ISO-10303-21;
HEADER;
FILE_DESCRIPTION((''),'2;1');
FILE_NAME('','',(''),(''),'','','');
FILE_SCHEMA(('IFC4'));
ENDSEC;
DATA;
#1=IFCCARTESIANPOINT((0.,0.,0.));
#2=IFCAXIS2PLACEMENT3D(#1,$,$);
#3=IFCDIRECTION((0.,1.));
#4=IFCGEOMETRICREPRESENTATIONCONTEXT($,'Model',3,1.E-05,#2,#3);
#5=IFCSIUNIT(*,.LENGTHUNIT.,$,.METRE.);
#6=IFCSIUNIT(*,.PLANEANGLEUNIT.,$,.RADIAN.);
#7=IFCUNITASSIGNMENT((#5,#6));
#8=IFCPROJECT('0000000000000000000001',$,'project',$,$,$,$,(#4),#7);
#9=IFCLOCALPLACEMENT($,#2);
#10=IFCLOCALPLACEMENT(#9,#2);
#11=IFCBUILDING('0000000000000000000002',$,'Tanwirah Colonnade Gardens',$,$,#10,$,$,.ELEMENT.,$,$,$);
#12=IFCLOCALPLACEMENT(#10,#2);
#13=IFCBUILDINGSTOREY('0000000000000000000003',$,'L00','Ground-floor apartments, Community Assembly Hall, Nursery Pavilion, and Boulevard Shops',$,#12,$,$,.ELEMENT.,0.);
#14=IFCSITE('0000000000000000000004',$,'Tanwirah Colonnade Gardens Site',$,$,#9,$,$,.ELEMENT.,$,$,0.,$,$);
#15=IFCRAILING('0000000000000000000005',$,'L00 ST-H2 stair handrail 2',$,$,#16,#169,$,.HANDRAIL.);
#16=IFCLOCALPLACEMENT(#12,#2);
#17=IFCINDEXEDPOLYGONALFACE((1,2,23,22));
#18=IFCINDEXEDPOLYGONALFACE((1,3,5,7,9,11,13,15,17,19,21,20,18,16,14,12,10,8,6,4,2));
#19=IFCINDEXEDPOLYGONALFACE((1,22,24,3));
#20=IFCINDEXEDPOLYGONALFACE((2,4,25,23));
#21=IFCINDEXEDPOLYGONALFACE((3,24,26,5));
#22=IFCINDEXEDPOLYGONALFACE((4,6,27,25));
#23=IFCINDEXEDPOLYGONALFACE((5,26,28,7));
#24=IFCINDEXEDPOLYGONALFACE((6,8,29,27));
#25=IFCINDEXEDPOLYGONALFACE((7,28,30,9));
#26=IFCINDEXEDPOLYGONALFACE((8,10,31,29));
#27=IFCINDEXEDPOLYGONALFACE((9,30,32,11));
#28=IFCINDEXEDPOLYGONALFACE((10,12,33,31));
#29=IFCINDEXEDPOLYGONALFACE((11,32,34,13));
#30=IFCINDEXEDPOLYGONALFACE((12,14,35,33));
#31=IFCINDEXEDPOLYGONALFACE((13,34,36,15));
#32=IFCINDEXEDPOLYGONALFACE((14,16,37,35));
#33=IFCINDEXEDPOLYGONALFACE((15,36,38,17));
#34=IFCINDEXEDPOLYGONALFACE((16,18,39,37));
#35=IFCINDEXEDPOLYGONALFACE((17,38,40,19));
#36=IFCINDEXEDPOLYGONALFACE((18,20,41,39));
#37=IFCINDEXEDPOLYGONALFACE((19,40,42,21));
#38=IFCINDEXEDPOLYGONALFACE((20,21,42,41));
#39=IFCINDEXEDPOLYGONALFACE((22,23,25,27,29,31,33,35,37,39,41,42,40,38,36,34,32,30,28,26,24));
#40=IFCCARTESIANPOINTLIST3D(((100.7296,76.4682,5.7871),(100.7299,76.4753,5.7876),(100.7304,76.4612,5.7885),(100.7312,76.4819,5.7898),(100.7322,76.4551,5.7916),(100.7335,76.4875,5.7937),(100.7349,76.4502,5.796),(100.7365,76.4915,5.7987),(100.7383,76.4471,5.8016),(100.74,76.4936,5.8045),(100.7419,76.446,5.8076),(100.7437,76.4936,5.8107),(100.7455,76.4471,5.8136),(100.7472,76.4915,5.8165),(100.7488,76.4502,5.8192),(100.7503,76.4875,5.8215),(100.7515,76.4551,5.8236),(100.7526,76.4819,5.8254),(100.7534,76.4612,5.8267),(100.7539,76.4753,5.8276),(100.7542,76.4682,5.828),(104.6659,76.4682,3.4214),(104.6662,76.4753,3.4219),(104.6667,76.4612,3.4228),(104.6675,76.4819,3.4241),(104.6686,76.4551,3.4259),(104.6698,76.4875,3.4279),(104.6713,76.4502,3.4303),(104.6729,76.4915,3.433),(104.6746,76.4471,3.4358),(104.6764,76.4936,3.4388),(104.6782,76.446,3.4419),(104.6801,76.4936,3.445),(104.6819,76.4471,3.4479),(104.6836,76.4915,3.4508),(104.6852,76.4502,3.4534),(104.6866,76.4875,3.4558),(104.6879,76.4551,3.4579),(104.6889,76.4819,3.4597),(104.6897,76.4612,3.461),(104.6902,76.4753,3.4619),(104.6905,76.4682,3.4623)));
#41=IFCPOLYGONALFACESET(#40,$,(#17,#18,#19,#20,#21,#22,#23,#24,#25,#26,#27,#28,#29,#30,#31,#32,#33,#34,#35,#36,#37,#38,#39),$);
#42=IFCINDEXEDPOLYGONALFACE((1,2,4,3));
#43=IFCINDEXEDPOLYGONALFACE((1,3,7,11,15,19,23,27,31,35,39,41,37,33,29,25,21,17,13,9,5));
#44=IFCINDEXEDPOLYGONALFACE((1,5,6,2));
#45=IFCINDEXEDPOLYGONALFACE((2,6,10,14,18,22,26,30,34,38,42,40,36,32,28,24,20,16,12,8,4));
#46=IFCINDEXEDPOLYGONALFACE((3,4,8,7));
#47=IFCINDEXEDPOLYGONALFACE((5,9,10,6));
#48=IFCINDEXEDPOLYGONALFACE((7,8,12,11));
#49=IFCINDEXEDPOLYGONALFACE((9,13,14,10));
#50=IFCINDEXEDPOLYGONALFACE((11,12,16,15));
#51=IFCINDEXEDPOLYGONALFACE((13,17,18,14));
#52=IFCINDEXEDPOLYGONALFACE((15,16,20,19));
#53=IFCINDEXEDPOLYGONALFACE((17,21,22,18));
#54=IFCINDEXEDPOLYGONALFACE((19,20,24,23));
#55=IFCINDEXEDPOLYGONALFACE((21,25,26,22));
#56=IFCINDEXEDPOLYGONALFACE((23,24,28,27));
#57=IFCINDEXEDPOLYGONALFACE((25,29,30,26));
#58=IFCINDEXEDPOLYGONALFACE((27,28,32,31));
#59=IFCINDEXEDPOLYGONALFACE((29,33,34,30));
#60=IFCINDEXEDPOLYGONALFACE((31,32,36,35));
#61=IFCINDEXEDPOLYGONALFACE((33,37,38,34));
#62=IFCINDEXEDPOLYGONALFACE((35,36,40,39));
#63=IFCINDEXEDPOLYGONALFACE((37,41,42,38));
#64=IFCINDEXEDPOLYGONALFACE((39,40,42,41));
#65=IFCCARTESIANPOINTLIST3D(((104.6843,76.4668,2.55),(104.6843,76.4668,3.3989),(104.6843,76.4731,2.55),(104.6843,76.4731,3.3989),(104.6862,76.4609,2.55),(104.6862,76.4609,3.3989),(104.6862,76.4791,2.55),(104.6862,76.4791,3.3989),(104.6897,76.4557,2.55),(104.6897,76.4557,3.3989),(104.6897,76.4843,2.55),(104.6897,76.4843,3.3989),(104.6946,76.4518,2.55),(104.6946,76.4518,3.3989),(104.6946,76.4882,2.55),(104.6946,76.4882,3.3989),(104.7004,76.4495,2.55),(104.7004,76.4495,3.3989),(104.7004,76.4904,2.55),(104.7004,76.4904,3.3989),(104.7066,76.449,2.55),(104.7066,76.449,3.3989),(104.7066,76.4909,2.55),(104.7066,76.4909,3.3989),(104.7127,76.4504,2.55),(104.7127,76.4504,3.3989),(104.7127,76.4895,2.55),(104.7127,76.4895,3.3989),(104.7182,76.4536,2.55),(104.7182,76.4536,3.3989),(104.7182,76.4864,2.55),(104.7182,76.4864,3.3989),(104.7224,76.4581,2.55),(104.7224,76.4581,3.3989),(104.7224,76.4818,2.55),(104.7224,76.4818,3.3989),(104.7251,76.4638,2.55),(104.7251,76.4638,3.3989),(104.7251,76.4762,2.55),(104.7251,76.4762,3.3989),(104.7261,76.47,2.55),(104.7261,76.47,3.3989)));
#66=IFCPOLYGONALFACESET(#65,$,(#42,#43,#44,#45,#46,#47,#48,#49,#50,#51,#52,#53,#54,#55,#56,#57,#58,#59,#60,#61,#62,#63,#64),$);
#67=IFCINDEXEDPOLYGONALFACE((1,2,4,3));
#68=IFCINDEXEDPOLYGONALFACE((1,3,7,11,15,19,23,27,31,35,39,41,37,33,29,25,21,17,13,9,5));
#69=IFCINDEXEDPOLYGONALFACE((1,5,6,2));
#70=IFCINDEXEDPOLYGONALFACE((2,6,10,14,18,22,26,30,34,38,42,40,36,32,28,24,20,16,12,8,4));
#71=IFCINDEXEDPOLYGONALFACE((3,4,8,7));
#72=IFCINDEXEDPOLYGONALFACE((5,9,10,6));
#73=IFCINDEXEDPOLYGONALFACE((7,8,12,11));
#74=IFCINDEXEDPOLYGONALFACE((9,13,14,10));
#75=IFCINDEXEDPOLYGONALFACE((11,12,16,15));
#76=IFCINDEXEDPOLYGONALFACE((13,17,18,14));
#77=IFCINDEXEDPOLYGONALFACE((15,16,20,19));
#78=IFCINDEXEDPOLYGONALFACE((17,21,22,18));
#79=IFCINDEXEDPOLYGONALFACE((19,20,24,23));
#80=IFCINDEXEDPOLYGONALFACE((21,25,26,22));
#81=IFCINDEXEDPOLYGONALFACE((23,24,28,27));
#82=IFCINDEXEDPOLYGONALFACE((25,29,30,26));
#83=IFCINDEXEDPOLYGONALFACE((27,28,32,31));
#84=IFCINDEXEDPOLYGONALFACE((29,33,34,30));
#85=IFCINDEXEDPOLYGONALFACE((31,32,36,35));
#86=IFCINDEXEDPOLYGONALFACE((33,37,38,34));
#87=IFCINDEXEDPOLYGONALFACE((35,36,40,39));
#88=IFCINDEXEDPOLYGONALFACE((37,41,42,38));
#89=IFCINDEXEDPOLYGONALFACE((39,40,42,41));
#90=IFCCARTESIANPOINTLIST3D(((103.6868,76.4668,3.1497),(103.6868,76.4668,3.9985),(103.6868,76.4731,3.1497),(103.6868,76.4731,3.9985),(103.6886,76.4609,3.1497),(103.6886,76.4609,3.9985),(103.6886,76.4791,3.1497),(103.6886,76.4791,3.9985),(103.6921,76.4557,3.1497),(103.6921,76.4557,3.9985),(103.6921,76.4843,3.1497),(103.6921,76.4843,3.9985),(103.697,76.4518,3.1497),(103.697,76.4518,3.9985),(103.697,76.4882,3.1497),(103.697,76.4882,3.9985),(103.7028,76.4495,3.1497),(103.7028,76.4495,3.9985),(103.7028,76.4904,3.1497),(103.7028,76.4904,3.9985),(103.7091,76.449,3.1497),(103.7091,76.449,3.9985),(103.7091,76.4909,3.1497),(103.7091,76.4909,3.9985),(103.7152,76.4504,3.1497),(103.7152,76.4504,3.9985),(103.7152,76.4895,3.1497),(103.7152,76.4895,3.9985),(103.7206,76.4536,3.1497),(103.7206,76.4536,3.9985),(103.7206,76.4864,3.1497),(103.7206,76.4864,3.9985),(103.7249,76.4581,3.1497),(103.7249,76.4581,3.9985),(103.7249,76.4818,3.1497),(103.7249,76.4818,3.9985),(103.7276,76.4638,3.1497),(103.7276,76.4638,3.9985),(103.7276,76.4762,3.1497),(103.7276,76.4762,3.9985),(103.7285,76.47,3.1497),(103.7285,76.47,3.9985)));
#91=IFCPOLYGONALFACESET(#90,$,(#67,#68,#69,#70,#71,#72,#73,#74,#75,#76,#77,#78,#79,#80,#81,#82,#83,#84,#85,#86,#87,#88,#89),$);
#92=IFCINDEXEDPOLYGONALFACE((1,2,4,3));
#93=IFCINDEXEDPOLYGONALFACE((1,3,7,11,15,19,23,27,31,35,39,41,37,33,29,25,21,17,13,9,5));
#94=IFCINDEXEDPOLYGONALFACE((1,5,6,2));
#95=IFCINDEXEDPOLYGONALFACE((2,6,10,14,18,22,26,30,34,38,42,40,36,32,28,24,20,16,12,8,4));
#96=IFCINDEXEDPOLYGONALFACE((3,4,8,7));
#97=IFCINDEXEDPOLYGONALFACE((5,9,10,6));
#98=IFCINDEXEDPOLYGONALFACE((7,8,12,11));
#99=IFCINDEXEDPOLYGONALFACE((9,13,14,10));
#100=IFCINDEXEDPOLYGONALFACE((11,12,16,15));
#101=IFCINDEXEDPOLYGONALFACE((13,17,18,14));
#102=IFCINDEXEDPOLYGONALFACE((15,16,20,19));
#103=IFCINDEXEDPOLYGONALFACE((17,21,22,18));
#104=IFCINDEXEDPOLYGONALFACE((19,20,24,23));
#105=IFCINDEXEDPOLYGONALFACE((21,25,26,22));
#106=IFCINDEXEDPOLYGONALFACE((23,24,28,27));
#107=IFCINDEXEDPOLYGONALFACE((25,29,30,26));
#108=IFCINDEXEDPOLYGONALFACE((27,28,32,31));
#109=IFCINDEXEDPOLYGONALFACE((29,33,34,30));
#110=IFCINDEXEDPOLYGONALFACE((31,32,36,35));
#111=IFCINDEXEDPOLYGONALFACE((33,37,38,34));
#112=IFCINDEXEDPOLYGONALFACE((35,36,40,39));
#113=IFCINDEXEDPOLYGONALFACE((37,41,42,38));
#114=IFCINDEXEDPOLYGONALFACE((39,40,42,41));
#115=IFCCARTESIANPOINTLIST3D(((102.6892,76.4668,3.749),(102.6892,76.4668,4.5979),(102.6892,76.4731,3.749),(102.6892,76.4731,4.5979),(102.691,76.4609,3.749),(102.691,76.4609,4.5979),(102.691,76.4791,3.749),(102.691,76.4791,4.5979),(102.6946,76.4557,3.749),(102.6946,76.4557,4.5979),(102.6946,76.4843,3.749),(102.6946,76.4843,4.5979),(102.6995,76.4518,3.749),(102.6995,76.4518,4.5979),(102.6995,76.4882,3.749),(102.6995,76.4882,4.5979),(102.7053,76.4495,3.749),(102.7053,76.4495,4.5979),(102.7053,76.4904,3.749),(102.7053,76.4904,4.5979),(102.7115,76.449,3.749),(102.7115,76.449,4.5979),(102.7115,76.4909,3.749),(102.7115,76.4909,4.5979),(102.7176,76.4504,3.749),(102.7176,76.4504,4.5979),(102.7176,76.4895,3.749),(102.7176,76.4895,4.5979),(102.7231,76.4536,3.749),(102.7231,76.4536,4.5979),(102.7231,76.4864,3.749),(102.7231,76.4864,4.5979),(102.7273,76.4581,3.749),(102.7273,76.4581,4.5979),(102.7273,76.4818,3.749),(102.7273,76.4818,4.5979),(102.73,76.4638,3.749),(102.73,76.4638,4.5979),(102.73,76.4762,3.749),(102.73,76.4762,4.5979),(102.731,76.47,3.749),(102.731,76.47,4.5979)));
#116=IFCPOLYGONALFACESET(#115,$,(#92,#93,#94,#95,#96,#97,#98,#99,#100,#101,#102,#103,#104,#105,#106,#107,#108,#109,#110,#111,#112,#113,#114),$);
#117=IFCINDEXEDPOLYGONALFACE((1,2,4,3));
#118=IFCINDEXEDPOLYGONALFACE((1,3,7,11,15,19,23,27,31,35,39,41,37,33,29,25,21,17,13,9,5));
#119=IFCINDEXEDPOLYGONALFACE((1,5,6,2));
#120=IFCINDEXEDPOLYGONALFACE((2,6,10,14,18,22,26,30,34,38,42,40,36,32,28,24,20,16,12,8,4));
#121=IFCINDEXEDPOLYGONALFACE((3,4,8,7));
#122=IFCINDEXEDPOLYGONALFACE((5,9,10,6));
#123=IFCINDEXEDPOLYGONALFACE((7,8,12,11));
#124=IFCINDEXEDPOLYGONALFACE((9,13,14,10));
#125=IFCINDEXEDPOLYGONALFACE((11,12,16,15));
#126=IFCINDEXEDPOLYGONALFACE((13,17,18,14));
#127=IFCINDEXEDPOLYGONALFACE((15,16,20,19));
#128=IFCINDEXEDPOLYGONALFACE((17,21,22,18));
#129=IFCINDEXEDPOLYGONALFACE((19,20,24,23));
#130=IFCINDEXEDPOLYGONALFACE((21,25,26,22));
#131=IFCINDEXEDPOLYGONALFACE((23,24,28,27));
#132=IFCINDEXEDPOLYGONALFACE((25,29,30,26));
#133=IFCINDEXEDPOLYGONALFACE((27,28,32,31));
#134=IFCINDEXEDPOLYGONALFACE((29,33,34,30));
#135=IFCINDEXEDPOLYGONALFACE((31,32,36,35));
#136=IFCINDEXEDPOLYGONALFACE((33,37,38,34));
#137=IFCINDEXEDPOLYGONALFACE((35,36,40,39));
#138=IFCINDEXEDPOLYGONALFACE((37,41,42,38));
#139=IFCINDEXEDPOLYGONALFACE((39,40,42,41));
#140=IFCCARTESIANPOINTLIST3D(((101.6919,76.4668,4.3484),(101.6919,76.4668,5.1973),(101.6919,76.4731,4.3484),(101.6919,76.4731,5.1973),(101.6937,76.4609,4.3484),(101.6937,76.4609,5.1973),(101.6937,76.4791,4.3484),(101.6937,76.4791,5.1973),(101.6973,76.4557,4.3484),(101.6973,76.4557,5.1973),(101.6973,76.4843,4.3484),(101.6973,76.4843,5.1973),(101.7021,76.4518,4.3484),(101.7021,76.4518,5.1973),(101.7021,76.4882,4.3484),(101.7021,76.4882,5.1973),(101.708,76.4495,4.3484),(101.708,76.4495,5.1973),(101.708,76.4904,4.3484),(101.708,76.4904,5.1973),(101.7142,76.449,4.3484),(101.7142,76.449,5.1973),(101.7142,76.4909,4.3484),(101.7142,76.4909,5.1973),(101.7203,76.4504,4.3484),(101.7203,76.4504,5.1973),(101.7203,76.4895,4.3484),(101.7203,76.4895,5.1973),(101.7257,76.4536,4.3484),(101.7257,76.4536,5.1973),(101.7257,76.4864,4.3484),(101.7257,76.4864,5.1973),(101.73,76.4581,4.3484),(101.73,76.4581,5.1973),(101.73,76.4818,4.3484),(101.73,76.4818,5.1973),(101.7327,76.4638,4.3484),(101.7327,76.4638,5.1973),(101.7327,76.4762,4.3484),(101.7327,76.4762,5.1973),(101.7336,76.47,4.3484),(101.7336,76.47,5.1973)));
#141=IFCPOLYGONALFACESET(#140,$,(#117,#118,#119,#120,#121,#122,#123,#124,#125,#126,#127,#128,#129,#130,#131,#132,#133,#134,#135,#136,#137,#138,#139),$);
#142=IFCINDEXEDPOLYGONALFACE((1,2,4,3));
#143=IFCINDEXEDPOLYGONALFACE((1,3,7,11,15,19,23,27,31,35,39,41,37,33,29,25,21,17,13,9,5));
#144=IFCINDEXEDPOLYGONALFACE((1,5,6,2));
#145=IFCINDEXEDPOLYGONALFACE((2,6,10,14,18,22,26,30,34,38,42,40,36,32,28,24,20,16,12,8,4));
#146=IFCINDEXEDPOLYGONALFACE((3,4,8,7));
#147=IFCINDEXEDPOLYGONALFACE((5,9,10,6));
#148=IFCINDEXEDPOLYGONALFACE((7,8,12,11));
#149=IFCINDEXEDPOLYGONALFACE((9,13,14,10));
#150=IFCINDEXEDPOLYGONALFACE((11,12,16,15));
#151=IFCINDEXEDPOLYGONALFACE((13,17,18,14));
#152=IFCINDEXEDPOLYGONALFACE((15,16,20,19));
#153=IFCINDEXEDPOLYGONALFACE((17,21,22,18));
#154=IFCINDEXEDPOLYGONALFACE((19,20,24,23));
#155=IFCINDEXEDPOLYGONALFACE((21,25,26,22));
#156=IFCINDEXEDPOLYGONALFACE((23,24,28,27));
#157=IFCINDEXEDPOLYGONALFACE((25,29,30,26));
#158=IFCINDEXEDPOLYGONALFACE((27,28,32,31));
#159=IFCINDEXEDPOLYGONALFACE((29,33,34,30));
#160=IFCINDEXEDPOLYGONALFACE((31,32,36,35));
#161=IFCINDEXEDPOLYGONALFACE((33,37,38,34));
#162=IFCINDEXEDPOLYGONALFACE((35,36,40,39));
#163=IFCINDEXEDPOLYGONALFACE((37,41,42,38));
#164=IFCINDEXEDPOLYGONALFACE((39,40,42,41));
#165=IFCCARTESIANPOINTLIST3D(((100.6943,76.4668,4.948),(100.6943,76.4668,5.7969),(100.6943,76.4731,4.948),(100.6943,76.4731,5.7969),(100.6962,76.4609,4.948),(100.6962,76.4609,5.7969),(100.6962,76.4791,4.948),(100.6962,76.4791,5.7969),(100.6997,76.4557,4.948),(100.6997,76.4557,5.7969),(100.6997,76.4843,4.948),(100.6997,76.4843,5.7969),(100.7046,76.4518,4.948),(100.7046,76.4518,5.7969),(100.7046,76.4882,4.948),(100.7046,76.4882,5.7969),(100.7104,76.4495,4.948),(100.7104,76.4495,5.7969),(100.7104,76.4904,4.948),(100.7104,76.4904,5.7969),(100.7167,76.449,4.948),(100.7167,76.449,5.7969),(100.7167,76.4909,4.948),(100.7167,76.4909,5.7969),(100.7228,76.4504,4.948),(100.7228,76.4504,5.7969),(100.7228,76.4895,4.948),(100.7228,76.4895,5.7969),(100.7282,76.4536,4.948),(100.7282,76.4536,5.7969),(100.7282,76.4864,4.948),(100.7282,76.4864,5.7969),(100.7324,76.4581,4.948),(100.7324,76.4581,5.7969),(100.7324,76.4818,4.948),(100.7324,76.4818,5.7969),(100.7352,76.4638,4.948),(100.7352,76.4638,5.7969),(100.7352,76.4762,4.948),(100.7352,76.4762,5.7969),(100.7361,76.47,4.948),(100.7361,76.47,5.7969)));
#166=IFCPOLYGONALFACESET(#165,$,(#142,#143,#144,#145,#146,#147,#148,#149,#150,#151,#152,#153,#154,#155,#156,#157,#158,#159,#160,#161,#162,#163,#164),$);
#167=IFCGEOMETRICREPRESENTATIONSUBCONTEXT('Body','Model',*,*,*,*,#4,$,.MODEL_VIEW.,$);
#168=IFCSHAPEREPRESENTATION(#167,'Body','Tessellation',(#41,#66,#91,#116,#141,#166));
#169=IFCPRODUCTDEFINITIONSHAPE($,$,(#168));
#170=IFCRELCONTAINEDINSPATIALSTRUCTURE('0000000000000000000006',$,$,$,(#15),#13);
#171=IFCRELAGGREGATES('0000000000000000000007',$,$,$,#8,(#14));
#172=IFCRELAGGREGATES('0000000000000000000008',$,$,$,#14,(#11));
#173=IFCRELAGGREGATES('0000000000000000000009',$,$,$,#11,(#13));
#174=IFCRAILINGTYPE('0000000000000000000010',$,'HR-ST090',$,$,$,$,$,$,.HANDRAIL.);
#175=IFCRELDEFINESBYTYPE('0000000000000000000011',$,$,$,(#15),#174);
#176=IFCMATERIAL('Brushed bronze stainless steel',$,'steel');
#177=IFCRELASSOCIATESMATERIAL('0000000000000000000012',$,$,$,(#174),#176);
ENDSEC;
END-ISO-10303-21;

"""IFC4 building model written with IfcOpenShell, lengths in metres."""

from ifc_helpers import new_model, si_unit, direction, frame, origin, origin_2d, place, context, subcontext, project, spatial, circle, extrude, material, type_object, element, save


model = new_model("IFC4")

# Units and contexts
model_context = context("Model", 3, precision=1e-05, world=origin(), true_north=direction((0.0, 1.0)))
body_context = subcontext(model_context, "Body", "Model", "MODEL_VIEW")
ifc_project = project(units=[si_unit("LENGTHUNIT", "METRE"), si_unit("PLANEANGLEUNIT", "RADIAN")], contexts=[model_context])

# Site, building, storey
site_placement = place(None, origin())
site = spatial("IfcSite", under=ifc_project, at=site_placement, Name="Tanwirah Colonnade Gardens Site", CompositionType="ELEMENT", RefElevation=0.0)
building_placement = place(site_placement, origin())
building = spatial("IfcBuilding", under=site, at=building_placement, Name="Tanwirah Colonnade Gardens", CompositionType="ELEMENT")
storey_placement = place(building_placement, origin())
storey = spatial("IfcBuildingStorey", under=building, at=storey_placement, Name="L00", Description="Ground-floor apartments, Community Assembly Hall, Nursery Pavilion, and Boulevard Shops", CompositionType="ELEMENT", Elevation=0.0)

# Railing
ifc_material_1 = material(Name="Brushed bronze stainless steel", Category="steel")
railing_type_1 = type_object("IfcRailingType", Name="HR-ST090", PredefinedType="HANDRAIL", material=ifc_material_1)
railing_1_placement = place(storey_placement, frame((104.7051, 76.47, 2.55)))
element("IfcRailing", 1, at=railing_1_placement, inside=storey, type_object=railing_type_1, Name="L00 ST-H2 stair handrail 2", PredefinedType="HANDRAIL", context=body_context, shape_type="SweptSolid", body=[
    extrude(circle(Radius=0.0239, at=origin_2d()), frame((-0.0269, 0.0, 0.8918), z_axis=(-0.857118, 0.0, 0.51512), x_axis=(0.0, -1.0, 0.0)), (0.0, 0.0, 1.0), 4.5925),
    extrude(circle(Radius=0.021, at=origin_2d()), origin(), (0.0, 0.0, 1.0), 0.8489),
    extrude(circle(Radius=0.021, at=origin_2d()), frame((-0.9976, 0.0, 0.5996)), (0.0, 0.0, 1.0), 0.8489),
    extrude(circle(Radius=0.021, at=origin_2d()), frame((-1.9951, 0.0, 1.199)), (0.0, 0.0, 1.0), 0.8489),
    extrude(circle(Radius=0.021, at=origin_2d()), frame((-2.9924, 0.0, 1.7983)), (0.0, 0.0, 1.0), 0.8489),
    extrude(circle(Radius=0.021, at=origin_2d()), frame((-3.99, 0.0, 2.3979)), (0.0, 0.0, 1.0), 0.8489),
])

save(model, "model.ifc")
